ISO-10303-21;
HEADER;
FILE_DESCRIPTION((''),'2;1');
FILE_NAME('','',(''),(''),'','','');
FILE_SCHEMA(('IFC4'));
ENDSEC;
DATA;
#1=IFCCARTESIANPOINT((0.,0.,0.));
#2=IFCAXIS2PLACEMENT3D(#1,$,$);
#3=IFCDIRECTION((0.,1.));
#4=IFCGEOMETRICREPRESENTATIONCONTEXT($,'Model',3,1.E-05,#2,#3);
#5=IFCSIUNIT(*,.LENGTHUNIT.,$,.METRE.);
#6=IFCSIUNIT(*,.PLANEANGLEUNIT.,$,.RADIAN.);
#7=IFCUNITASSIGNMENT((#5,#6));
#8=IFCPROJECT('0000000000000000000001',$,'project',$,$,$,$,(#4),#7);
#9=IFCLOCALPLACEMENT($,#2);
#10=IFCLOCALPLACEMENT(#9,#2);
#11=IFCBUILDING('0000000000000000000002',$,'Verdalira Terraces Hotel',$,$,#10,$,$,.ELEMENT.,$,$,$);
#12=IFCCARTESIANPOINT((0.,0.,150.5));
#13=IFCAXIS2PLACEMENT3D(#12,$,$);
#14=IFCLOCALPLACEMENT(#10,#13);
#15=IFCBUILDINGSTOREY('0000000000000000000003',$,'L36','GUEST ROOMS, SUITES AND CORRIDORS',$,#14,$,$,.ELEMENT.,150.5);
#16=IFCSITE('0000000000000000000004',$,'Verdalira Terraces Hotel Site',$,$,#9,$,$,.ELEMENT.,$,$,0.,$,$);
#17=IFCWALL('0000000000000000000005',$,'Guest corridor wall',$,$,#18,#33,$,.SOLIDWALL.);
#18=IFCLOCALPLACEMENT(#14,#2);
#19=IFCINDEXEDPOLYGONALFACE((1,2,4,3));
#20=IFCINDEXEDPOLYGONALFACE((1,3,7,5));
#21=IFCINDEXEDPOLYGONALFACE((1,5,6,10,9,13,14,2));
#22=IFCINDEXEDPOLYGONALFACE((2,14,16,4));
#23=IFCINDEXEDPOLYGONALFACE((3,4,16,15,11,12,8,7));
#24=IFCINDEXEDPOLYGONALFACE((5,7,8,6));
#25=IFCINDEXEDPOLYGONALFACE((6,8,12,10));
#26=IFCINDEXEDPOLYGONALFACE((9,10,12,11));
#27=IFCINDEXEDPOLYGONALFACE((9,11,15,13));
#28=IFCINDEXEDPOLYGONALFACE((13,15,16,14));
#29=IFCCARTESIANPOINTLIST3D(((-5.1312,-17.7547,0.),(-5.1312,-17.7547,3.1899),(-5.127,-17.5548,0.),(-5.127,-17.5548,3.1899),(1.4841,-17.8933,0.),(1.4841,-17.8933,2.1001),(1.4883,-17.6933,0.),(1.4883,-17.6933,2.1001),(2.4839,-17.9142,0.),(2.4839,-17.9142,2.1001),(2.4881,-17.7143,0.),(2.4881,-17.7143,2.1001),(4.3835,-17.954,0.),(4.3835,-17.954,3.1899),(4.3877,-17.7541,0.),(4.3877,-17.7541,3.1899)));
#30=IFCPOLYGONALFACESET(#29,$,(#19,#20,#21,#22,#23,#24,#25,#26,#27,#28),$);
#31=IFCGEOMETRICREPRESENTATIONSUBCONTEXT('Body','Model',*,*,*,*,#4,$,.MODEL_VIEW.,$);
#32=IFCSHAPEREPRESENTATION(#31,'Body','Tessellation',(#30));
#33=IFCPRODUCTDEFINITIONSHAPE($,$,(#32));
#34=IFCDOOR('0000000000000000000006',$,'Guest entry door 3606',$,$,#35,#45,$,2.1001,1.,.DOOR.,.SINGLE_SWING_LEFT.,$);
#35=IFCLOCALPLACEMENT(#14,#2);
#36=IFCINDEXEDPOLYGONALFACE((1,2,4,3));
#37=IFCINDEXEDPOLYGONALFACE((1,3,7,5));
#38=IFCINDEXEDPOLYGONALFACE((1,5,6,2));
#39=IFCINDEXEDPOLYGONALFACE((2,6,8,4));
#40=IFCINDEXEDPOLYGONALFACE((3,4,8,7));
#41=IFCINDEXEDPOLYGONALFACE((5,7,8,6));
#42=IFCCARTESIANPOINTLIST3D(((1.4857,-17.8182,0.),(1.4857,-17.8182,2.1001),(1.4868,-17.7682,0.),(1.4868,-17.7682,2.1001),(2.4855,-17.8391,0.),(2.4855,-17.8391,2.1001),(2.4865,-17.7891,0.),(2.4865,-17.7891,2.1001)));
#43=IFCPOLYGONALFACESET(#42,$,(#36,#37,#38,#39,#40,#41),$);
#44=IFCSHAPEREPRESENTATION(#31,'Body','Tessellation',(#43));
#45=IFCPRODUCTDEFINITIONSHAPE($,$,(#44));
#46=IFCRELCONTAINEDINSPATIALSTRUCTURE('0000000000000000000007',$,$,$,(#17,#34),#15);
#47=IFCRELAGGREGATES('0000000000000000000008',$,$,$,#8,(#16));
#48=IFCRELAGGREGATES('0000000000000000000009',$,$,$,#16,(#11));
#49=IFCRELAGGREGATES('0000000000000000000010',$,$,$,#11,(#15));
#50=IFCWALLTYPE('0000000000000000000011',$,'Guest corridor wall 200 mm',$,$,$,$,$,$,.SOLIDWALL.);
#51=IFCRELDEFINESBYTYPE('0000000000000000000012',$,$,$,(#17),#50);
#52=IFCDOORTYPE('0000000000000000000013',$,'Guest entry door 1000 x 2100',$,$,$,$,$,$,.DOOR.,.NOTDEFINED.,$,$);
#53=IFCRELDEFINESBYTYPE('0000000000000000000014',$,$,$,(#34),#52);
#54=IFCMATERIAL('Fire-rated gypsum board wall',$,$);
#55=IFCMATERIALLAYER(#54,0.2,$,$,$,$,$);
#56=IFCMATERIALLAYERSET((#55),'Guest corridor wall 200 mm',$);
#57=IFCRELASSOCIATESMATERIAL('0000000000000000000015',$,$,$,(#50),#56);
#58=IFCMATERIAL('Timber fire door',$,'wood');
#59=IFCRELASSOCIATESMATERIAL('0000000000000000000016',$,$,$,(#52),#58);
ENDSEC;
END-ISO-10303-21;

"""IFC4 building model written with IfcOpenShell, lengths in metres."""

from ifc_helpers import new_model, si_unit, direction, frame, frame_2d, origin, place, context, subcontext, project, spatial, rectangle, extrude, material, layer, layer_set, type_object, element, fill, save


model = new_model("IFC4")

# Units and contexts
model_context = context("Model", 3, precision=1e-05, world=origin(), true_north=direction((0.0, 1.0)))
body_context = subcontext(model_context, "Body", "Model", "MODEL_VIEW")
ifc_project = project(units=[si_unit("LENGTHUNIT", "METRE"), si_unit("PLANEANGLEUNIT", "RADIAN")], contexts=[model_context])

# Site, building, storey
site_placement = place(None, origin())
site = spatial("IfcSite", under=ifc_project, at=site_placement, Name="Verdalira Terraces Hotel Site", CompositionType="ELEMENT", RefElevation=0.0)
building_placement = place(site_placement, origin())
building = spatial("IfcBuilding", under=site, at=building_placement, Name="Verdalira Terraces Hotel", CompositionType="ELEMENT")
storey_placement = place(building_placement, frame((0.0, 0.0, 150.5)))
storey = spatial("IfcBuildingStorey", under=building, at=storey_placement, Name="L36", Description="GUEST ROOMS, SUITES AND CORRIDORS", CompositionType="ELEMENT", Elevation=150.5)

# Wall, opening, door
ifc_material_1 = material(Name="Fire-rated gypsum board wall")
ifc_layer_1 = layer(ifc_material_1, 0.2)
ifc_layer_set_1 = layer_set([ifc_layer_1], Name="Guest corridor wall 200 mm")
wall_type_1 = type_object("IfcWallType", Name="Guest corridor wall 200 mm", PredefinedType="SOLIDWALL", material=ifc_layer_set_1)
wall_1_placement = place(storey_placement, frame((4.3855, -17.854, 0.0), z_axis=(0.0, 0.0, 1.0), x_axis=(-0.999781, 0.020934, 0.0)))
wall_1 = element("IfcWall", 1, at=wall_1_placement, inside=storey, type_object=wall_type_1, Name="Guest corridor wall", PredefinedType="SOLIDWALL", context=body_context, shape_type="SweptSolid", body=[
    extrude(rectangle(XDim=9.5168, YDim=0.2, at=frame_2d((4.7583, 0.0))), origin(), (0.0, 0.0, 1.0), 3.1899),
])
opening_1_placement = place(wall_1_placement, frame((1.8999, 0.0, 0.0)))
opening_1 = element("IfcOpeningElement", 2, at=opening_1_placement, cuts=wall_1, PredefinedType="OPENING", context=body_context, shape_type="SweptSolid", body=[
    extrude(rectangle(XDim=1.0, YDim=2.1001, at=frame_2d((0.5, 1.05))), frame((0.0, 0.1099, 0.0), z_axis=(0.0, -1.0, 0.0), x_axis=(1.0, 0.0, 0.0)), (0.0, 0.0, 1.0), 0.22),
])
ifc_material_2 = material(Name="Timber fire door", Category="wood")
door_type_1 = type_object("IfcDoorType", Name="Guest entry door 1000 x 2100", OperationType="NOTDEFINED", PredefinedType="DOOR", material=ifc_material_2)
door_1_placement = place(opening_1_placement, origin())
door_1 = element("IfcDoor", 3, at=door_1_placement, inside=storey, type_object=door_type_1, Name="Guest entry door 3606", OperationType="SINGLE_SWING_LEFT", OverallHeight=2.1001, OverallWidth=1.0, PredefinedType="DOOR", context=body_context, shape_type="SweptSolid", body=[
    extrude(rectangle(XDim=1.0, YDim=2.1001, at=frame_2d((0.5, 1.05))), frame((0.0, 0.0249, 0.0), z_axis=(0.0, -1.0, 0.0), x_axis=(1.0, 0.0, 0.0)), (0.0, 0.0, 1.0), 0.05),
])
fill(opening_1, door_1)

save(model, "model.ifc")
